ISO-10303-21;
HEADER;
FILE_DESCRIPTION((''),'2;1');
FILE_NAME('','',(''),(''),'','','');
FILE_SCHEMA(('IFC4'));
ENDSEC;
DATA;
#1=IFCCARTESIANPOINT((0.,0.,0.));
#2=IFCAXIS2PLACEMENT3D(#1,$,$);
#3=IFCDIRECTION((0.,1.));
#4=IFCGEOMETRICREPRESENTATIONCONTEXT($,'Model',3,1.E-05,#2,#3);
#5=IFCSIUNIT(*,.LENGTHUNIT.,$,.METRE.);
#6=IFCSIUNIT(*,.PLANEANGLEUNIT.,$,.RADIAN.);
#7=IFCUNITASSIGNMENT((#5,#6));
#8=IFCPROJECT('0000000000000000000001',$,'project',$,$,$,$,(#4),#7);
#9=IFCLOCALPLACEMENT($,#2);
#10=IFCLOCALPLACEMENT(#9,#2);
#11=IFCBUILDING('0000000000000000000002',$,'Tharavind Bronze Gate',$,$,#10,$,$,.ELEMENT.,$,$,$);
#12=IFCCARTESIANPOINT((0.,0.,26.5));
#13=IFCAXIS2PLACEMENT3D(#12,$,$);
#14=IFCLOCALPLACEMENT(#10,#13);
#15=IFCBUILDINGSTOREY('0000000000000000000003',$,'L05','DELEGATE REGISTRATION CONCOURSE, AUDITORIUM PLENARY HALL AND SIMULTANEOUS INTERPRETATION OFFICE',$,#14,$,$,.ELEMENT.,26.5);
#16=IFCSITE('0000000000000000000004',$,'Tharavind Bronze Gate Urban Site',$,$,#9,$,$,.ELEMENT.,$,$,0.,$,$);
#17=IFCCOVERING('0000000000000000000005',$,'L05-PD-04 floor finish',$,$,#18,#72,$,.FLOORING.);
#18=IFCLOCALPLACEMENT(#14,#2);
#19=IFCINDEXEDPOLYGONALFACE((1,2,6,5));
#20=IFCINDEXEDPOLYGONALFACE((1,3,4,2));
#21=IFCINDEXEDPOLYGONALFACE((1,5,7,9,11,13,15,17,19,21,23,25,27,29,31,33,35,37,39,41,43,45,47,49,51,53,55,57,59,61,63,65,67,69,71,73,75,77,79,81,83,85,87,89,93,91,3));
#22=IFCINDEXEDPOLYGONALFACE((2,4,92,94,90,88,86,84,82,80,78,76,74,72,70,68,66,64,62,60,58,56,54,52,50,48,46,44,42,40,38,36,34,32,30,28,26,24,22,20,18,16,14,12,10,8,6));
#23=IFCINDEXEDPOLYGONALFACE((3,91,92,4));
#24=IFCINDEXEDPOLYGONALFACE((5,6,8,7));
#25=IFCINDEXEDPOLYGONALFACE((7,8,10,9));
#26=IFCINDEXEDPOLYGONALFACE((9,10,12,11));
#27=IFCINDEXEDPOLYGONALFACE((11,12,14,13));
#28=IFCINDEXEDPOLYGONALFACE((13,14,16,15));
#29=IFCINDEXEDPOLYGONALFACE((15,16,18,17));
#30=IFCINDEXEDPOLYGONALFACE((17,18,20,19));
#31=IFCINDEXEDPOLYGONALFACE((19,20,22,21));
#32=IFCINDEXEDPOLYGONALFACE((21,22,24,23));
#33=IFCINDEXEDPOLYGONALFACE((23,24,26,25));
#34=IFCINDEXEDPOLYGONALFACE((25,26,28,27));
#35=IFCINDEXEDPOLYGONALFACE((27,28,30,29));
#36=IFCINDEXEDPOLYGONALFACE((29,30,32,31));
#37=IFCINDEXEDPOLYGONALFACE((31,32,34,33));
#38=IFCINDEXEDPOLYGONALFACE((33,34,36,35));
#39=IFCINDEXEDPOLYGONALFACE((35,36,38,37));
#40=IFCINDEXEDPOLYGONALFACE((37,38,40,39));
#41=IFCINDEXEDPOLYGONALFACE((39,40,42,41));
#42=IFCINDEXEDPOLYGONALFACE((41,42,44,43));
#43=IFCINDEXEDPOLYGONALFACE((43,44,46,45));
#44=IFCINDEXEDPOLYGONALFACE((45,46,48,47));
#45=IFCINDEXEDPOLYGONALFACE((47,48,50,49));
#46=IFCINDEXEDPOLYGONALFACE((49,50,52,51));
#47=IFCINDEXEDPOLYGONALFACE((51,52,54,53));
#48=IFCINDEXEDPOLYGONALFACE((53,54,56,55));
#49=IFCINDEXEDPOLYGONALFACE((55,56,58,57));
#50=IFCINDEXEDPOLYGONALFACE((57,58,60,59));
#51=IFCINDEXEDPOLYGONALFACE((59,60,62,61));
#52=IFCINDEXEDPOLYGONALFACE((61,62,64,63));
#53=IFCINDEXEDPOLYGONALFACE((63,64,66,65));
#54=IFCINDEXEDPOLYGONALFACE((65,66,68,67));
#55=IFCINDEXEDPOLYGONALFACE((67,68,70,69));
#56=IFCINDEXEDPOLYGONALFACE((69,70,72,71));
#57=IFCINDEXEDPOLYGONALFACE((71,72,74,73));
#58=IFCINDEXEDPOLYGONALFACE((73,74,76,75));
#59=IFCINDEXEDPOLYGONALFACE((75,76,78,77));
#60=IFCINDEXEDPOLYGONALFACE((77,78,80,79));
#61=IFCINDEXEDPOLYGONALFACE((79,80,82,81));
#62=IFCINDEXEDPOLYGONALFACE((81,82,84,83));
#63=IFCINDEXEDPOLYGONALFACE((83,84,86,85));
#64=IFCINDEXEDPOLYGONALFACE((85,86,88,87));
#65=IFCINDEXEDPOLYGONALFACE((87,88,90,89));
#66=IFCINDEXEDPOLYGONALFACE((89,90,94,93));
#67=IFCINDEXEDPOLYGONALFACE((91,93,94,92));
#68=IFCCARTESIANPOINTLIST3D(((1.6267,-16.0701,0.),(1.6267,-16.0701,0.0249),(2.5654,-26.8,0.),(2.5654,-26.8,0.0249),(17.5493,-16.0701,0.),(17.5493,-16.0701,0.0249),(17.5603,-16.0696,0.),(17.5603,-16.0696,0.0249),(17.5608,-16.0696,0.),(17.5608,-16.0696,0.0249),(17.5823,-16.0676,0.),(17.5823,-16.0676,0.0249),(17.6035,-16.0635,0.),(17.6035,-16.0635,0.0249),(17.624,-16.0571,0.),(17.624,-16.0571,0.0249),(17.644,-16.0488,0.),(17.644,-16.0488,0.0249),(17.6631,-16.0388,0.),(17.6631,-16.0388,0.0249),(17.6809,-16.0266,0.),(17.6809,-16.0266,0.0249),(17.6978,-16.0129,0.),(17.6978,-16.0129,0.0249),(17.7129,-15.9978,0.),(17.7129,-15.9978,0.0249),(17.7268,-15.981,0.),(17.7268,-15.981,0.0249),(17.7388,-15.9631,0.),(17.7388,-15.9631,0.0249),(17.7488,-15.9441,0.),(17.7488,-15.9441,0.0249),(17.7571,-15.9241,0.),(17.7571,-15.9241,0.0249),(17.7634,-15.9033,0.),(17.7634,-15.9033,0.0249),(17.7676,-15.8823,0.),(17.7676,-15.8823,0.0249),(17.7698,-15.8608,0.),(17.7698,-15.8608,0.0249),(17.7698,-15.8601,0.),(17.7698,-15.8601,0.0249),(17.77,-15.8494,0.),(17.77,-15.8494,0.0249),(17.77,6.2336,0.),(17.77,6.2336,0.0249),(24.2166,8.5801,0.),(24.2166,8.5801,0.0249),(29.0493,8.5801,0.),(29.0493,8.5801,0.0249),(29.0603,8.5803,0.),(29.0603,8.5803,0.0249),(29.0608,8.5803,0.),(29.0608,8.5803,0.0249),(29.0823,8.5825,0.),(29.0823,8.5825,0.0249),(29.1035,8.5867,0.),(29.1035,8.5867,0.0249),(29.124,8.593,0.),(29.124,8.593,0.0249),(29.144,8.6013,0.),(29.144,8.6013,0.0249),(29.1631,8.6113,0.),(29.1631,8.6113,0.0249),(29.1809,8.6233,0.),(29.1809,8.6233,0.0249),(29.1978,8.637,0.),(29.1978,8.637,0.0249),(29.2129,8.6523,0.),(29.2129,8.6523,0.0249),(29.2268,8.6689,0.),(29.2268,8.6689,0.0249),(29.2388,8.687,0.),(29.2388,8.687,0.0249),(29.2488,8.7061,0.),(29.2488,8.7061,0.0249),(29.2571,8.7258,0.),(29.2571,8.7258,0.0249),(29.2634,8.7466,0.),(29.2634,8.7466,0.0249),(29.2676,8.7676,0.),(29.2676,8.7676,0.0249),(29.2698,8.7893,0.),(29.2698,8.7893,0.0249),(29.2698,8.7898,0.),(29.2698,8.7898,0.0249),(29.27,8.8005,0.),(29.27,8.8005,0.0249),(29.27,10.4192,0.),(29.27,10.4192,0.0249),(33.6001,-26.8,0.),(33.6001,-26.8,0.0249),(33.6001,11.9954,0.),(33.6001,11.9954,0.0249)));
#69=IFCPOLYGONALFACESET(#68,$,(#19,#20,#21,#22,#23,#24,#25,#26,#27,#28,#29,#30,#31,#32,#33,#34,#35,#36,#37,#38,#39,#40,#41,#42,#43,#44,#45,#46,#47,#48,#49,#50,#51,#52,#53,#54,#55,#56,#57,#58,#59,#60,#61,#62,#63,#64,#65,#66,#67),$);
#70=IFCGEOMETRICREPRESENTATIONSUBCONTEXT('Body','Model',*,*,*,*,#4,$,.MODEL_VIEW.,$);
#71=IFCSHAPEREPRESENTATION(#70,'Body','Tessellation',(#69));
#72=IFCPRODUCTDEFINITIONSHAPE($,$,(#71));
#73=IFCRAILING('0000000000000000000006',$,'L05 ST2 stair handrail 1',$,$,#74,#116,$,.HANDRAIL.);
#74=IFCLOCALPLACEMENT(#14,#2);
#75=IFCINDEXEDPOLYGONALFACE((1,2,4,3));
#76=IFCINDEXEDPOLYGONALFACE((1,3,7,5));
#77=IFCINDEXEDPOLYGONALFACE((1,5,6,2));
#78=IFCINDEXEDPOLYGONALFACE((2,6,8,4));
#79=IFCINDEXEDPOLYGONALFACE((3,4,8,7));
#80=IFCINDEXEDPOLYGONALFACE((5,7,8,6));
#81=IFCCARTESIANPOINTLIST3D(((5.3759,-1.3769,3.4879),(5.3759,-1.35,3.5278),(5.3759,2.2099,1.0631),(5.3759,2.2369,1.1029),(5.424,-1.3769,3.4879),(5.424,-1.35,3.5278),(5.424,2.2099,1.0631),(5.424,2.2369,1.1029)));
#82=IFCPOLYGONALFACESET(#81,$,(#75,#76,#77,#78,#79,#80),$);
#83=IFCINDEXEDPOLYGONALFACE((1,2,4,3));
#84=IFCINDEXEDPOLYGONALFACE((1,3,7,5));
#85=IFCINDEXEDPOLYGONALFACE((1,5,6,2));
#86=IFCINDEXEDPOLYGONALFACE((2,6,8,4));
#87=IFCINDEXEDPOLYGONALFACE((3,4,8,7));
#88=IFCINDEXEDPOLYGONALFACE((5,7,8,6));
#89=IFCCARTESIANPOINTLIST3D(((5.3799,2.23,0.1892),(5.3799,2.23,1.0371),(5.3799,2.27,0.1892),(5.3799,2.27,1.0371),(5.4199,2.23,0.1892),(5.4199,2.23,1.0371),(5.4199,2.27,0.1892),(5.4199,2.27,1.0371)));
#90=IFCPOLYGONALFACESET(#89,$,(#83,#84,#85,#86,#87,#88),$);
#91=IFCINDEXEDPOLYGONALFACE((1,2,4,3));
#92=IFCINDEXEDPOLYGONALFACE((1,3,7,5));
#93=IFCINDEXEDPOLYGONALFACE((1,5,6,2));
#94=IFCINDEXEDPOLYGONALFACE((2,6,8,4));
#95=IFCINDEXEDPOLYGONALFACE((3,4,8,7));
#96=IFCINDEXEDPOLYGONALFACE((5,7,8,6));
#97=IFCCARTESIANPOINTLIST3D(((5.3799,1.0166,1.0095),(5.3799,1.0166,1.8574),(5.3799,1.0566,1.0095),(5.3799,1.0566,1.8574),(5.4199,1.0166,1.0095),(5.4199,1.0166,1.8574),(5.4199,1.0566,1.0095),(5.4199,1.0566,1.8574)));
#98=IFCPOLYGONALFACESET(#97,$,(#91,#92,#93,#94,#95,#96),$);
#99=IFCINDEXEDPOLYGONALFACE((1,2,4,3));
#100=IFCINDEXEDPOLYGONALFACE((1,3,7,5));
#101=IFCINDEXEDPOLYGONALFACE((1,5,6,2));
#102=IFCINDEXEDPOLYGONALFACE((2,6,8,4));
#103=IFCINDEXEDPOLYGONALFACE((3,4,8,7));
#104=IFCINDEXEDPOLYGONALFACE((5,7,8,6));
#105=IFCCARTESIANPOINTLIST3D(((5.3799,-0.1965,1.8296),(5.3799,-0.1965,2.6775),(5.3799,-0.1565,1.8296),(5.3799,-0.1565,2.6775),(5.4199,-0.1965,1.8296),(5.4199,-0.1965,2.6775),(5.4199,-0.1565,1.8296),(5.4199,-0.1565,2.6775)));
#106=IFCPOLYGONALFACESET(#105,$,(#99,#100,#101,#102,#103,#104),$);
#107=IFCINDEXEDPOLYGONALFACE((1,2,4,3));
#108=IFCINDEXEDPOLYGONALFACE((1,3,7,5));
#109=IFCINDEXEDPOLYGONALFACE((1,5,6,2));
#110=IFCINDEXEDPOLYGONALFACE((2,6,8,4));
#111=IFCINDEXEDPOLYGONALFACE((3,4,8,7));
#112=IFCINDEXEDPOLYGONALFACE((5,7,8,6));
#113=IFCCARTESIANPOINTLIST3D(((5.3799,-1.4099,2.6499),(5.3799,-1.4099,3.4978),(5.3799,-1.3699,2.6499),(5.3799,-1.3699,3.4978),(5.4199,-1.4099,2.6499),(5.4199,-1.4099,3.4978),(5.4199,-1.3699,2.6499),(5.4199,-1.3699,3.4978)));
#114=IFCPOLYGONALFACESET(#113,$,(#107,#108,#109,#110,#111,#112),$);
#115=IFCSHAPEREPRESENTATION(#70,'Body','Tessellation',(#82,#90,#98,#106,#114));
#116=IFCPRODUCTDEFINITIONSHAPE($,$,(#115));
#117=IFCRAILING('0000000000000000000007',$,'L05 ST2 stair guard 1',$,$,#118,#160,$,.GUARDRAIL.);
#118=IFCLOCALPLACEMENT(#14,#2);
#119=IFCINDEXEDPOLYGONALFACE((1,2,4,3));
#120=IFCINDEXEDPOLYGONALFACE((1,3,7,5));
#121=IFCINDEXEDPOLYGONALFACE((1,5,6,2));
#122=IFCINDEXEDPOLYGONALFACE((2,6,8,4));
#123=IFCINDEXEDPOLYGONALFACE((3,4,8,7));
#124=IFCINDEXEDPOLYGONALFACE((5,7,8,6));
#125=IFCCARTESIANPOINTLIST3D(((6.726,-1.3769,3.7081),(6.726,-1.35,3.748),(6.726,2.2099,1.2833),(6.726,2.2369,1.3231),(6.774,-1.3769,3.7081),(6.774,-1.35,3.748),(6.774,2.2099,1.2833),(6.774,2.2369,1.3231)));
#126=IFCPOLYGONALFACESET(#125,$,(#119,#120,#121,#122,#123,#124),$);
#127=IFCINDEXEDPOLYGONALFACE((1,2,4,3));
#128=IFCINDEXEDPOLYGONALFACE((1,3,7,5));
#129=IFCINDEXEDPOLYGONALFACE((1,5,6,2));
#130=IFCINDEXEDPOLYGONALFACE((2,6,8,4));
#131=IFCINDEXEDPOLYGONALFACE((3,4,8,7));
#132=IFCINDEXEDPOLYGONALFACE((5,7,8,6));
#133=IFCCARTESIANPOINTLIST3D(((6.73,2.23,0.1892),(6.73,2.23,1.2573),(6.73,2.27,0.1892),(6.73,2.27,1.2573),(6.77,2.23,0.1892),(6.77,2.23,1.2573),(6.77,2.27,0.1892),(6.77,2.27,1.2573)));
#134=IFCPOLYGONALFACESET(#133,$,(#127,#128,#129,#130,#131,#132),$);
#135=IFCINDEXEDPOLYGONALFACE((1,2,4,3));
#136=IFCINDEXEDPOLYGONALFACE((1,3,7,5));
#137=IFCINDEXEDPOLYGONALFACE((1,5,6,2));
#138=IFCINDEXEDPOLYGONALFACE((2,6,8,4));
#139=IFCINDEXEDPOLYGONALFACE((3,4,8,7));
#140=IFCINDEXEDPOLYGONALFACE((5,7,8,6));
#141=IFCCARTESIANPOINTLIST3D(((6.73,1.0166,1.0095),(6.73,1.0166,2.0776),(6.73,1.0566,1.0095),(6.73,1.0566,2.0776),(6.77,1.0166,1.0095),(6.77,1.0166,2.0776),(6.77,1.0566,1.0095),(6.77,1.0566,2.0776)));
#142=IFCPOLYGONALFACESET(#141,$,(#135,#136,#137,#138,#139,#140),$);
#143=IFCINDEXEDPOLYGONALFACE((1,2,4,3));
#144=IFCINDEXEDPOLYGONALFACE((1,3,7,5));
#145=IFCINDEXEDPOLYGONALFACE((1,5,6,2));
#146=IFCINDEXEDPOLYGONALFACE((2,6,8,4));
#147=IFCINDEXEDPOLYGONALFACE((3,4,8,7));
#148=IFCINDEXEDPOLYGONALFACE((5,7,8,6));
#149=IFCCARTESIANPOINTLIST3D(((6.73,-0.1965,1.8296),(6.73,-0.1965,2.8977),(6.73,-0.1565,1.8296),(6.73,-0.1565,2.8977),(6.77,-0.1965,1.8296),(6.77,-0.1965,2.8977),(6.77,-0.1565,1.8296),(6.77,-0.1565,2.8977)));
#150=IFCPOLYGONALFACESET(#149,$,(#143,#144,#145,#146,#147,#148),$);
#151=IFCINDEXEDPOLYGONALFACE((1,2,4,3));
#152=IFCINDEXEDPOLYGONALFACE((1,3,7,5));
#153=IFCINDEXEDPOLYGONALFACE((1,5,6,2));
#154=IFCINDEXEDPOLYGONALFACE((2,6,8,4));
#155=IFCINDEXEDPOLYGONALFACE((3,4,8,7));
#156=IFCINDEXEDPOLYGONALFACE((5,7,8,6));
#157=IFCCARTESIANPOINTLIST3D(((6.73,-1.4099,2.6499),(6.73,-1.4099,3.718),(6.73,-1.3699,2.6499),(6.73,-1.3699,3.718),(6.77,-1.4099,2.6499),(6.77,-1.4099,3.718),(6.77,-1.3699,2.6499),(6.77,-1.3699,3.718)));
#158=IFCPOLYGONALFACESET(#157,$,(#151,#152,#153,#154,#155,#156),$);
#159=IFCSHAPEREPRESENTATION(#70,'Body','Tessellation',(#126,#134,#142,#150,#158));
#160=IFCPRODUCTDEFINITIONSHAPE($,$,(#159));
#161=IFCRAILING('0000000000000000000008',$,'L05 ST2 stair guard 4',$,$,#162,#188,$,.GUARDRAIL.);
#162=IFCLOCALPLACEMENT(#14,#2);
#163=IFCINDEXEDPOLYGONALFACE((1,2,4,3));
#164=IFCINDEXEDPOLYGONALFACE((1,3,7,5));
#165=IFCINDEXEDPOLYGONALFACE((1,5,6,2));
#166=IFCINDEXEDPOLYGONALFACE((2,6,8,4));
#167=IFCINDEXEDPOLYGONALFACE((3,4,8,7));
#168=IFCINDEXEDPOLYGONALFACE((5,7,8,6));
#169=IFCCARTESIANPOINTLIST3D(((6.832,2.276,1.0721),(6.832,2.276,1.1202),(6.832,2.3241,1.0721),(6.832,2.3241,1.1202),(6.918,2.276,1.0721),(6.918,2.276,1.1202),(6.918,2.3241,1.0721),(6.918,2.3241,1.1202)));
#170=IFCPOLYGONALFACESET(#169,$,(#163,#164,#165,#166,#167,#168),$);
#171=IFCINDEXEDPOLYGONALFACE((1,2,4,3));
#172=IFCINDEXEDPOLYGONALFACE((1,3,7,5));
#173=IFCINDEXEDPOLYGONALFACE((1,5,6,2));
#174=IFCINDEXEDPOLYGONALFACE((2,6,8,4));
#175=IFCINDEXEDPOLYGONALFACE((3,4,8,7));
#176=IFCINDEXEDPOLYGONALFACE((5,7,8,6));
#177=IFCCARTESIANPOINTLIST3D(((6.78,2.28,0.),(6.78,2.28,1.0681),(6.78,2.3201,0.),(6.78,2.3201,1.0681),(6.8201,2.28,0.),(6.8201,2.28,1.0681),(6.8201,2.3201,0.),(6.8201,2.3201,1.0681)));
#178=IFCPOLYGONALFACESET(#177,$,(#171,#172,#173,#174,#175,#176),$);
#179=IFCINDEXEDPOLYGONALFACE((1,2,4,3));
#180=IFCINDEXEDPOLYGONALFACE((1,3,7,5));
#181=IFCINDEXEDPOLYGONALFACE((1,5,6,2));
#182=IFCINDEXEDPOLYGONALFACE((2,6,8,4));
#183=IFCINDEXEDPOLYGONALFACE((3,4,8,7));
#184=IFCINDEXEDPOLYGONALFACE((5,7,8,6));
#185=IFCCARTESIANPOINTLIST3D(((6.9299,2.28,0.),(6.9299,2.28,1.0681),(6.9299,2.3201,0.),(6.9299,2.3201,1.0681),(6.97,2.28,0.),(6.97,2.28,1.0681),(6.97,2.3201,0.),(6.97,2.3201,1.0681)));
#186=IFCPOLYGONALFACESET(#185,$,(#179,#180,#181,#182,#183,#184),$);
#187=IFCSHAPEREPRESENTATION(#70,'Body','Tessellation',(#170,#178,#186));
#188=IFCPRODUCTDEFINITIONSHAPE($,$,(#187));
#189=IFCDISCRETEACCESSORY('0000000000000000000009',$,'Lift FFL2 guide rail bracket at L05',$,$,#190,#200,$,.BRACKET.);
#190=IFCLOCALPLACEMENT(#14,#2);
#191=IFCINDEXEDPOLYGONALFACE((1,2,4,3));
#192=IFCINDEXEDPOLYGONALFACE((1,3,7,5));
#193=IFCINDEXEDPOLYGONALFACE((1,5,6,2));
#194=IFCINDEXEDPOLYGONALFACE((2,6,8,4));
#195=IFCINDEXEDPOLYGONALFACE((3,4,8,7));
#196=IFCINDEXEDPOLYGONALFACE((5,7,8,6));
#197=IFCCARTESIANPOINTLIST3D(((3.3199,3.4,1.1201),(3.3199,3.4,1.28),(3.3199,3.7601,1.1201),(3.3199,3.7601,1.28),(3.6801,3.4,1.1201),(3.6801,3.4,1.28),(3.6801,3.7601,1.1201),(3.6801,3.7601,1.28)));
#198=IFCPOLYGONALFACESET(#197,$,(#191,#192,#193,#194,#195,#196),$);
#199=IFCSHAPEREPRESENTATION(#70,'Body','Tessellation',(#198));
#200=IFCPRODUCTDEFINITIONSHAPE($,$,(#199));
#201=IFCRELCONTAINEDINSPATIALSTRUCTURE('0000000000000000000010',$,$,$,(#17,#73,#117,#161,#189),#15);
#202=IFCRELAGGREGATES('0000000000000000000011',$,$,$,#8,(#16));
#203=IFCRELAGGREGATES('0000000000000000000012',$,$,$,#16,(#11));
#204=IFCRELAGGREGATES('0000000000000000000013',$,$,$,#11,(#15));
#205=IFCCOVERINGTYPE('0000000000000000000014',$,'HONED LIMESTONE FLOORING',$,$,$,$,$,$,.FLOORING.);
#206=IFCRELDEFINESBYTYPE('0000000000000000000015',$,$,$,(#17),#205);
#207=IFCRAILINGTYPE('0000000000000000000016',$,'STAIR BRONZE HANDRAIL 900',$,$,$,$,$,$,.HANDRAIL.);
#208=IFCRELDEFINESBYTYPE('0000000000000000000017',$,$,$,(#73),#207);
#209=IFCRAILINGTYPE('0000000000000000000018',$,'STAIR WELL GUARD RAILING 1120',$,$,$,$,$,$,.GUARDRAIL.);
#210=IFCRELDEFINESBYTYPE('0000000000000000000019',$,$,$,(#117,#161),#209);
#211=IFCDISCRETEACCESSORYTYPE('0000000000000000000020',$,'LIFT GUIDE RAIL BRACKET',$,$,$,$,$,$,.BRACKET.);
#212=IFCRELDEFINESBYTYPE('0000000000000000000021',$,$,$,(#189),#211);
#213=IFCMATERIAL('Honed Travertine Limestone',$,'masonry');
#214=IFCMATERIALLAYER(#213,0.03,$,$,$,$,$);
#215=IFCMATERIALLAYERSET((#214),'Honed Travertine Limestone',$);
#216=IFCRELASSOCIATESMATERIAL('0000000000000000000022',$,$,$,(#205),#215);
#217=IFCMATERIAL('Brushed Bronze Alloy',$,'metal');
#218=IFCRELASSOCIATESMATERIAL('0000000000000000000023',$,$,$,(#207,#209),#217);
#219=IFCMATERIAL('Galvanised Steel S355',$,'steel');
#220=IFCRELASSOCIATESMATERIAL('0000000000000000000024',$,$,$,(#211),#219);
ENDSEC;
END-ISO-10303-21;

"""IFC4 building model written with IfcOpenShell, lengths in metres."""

from ifc_helpers import new_model, si_unit, direction, frame, origin, origin_2d, place, context, subcontext, project, spatial, polyline, rectangle, outline, extrude, material, layer, layer_set, type_object, element, save


model = new_model("IFC4")

# Units and contexts
model_context = context("Model", 3, precision=1e-05, world=origin(), true_north=direction((0.0, 1.0)))
body_context = subcontext(model_context, "Body", "Model", "MODEL_VIEW")
ifc_project = project(units=[si_unit("LENGTHUNIT", "METRE"), si_unit("PLANEANGLEUNIT", "RADIAN")], contexts=[model_context])

# Site, building, storey
site_placement = place(None, origin())
site = spatial("IfcSite", under=ifc_project, at=site_placement, Name="Tharavind Bronze Gate Urban Site", CompositionType="ELEMENT", RefElevation=0.0)
building_placement = place(site_placement, origin())
building = spatial("IfcBuilding", under=site, at=building_placement, Name="Tharavind Bronze Gate", CompositionType="ELEMENT")
storey_placement = place(building_placement, frame((0.0, 0.0, 26.5)))
storey = spatial("IfcBuildingStorey", under=building, at=storey_placement, Name="L05", Description="DELEGATE REGISTRATION CONCOURSE, AUDITORIUM PLENARY HALL AND SIMULTANEOUS INTERPRETATION OFFICE", CompositionType="ELEMENT", Elevation=26.5)

# Covering
ifc_material_1 = material(Name="Honed Travertine Limestone", Category="masonry")
ifc_layer_1 = layer(ifc_material_1, 0.03)
ifc_layer_set_1 = layer_set([ifc_layer_1], Name="Honed Travertine Limestone")
covering_type_1 = type_object("IfcCoveringType", Name="HONED LIMESTONE FLOORING", PredefinedType="FLOORING", material=ifc_layer_set_1)
covering_1_placement = place(storey_placement, origin())
element("IfcCovering", 1, at=covering_1_placement, inside=storey, type_object=covering_type_1, Name="L05-PD-04 floor finish", PredefinedType="FLOORING", context=body_context, shape_type="SweptSolid", body=[
    extrude(outline(polyline([(2.5654, -26.8), (33.6001, -26.8), (33.6001, 11.9954), (29.27, 10.4192), (29.27, 8.8005), (29.2698, 8.7898), (29.2698, 8.7893), (29.2676, 8.7676), (29.2634, 8.7466), (29.2571, 8.7258), (29.2488, 8.7061), (29.2388, 8.687), (29.2268, 8.6689), (29.2129, 8.6523), (29.1978, 8.637), (29.1809, 8.6233), (29.1631, 8.6113), (29.144, 8.6013), (29.124, 8.593), (29.1035, 8.5867), (29.0823, 8.5825), (29.0608, 8.5803), (29.0603, 8.5803), (29.0493, 8.5801), (24.2166, 8.5801), (17.77, 6.2336), (17.77, -15.8494), (17.7698, -15.8601), (17.7698, -15.8608), (17.7676, -15.8823), (17.7634, -15.9033), (17.7571, -15.9241), (17.7488, -15.9441), (17.7388, -15.9631), (17.7268, -15.981), (17.7129, -15.9978), (17.6978, -16.0129), (17.6809, -16.0266), (17.6631, -16.0388), (17.644, -16.0488), (17.624, -16.0571), (17.6035, -16.0635), (17.5823, -16.0676), (17.5608, -16.0696), (17.5603, -16.0696), (17.5493, -16.0701), (1.6267, -16.0701), (2.5654, -26.8)])), origin(), (0.0, 0.0, 1.0), 0.0249),
])

# Railings
ifc_material_2 = material(Name="Brushed Bronze Alloy", Category="metal")
railing_type_1 = type_object("IfcRailingType", Name="STAIR BRONZE HANDRAIL 900", PredefinedType="HANDRAIL", material=ifc_material_2)
railing_1_placement = place(storey_placement, frame((5.3999, 2.25, 0.1892)))
element("IfcRailing", 2, at=railing_1_placement, inside=storey, type_object=railing_type_1, Name="L05 ST2 stair handrail 1", PredefinedType="HANDRAIL", context=body_context, shape_type="SweptSolid", body=[
    extrude(rectangle(XDim=0.0481, YDim=0.0481, at=origin_2d()), frame((0.0, -0.0266, 0.8938), z_axis=(0.0, -0.828451, 0.560062), x_axis=(1.0, 0.0, 0.0)), (0.0, 0.0, 1.0), 4.3296),
    extrude(rectangle(XDim=0.04, YDim=0.04, at=origin_2d()), origin(), (0.0, 0.0, 1.0), 0.8479),
    extrude(rectangle(XDim=0.04, YDim=0.04, at=origin_2d()), frame((0.0, -1.2134, 0.8203)), (0.0, 0.0, 1.0), 0.8479),
    extrude(rectangle(XDim=0.04, YDim=0.04, at=origin_2d()), frame((0.0, -2.4265, 1.6404)), (0.0, 0.0, 1.0), 0.8479),
    extrude(rectangle(XDim=0.04, YDim=0.04, at=origin_2d()), frame((0.0, -3.6399, 2.4607)), (0.0, 0.0, 1.0), 0.8479),
])
railing_type_2 = type_object("IfcRailingType", Name="STAIR WELL GUARD RAILING 1120", PredefinedType="GUARDRAIL", material=ifc_material_2)
railing_2_placement = place(storey_placement, frame((6.75, 2.25, 0.1892)))
element("IfcRailing", 3, at=railing_2_placement, inside=storey, type_object=railing_type_2, Name="L05 ST2 stair guard 1", PredefinedType="GUARDRAIL", context=body_context, shape_type="SweptSolid", body=[
    extrude(rectangle(XDim=0.0481, YDim=0.0481, at=origin_2d()), frame((0.0, -0.0266, 1.114), z_axis=(0.0, -0.828451, 0.560062), x_axis=(1.0, 0.0, 0.0)), (0.0, 0.0, 1.0), 4.3296),
    extrude(rectangle(XDim=0.04, YDim=0.04, at=origin_2d()), origin(), (0.0, 0.0, 1.0), 1.0681),
    extrude(rectangle(XDim=0.04, YDim=0.04, at=origin_2d()), frame((0.0, -1.2134, 0.8203)), (0.0, 0.0, 1.0), 1.0681),
    extrude(rectangle(XDim=0.04, YDim=0.04, at=origin_2d()), frame((0.0, -2.4265, 1.6404)), (0.0, 0.0, 1.0), 1.0681),
    extrude(rectangle(XDim=0.04, YDim=0.04, at=origin_2d()), frame((0.0, -3.6399, 2.4607)), (0.0, 0.0, 1.0), 1.0681),
])
railing_3_placement = place(storey_placement, frame((6.8, 2.3, 0.0)))
element("IfcRailing", 4, at=railing_3_placement, inside=storey, type_object=railing_type_2, Name="L05 ST2 stair guard 4", PredefinedType="GUARDRAIL", context=body_context, shape_type="SweptSolid", body=[
    extrude(rectangle(XDim=0.0481, YDim=0.0481, at=origin_2d()), frame((0.032, 0.0, 1.0962), z_axis=(1.0, 0.0, 0.0), x_axis=(0.0, 1.0, 0.0)), (0.0, 0.0, 1.0), 0.0859),
    extrude(rectangle(XDim=0.04, YDim=0.04, at=origin_2d()), origin(), (0.0, 0.0, 1.0), 1.0681),
    extrude(rectangle(XDim=0.04, YDim=0.04, at=origin_2d()), frame((0.1499, 0.0, 0.0)), (0.0, 0.0, 1.0), 1.0681),
])

# Discrete accessory
ifc_material_3 = material(Name="Galvanised Steel S355", Category="steel")
discrete_accessory_type = type_object("IfcDiscreteAccessoryType", Name="LIFT GUIDE RAIL BRACKET", PredefinedType="BRACKET", material=ifc_material_3)
discrete_accessory_placement = place(storey_placement, frame((3.5, 3.5801, 1.1201), z_axis=(0.0, 0.0, 1.0), x_axis=(1.0, 0.0, 0.0)))
element("IfcDiscreteAccessory", 5, at=discrete_accessory_placement, inside=storey, type_object=discrete_accessory_type, Name="Lift FFL2 guide rail bracket at L05", PredefinedType="BRACKET", context=body_context, shape_type="SweptSolid", body=[
    extrude(rectangle(XDim=0.3601, YDim=0.3601, at=origin_2d()), origin(), (0.0, 0.0, 1.0), 0.1599),
])

save(model, "model.ifc")
